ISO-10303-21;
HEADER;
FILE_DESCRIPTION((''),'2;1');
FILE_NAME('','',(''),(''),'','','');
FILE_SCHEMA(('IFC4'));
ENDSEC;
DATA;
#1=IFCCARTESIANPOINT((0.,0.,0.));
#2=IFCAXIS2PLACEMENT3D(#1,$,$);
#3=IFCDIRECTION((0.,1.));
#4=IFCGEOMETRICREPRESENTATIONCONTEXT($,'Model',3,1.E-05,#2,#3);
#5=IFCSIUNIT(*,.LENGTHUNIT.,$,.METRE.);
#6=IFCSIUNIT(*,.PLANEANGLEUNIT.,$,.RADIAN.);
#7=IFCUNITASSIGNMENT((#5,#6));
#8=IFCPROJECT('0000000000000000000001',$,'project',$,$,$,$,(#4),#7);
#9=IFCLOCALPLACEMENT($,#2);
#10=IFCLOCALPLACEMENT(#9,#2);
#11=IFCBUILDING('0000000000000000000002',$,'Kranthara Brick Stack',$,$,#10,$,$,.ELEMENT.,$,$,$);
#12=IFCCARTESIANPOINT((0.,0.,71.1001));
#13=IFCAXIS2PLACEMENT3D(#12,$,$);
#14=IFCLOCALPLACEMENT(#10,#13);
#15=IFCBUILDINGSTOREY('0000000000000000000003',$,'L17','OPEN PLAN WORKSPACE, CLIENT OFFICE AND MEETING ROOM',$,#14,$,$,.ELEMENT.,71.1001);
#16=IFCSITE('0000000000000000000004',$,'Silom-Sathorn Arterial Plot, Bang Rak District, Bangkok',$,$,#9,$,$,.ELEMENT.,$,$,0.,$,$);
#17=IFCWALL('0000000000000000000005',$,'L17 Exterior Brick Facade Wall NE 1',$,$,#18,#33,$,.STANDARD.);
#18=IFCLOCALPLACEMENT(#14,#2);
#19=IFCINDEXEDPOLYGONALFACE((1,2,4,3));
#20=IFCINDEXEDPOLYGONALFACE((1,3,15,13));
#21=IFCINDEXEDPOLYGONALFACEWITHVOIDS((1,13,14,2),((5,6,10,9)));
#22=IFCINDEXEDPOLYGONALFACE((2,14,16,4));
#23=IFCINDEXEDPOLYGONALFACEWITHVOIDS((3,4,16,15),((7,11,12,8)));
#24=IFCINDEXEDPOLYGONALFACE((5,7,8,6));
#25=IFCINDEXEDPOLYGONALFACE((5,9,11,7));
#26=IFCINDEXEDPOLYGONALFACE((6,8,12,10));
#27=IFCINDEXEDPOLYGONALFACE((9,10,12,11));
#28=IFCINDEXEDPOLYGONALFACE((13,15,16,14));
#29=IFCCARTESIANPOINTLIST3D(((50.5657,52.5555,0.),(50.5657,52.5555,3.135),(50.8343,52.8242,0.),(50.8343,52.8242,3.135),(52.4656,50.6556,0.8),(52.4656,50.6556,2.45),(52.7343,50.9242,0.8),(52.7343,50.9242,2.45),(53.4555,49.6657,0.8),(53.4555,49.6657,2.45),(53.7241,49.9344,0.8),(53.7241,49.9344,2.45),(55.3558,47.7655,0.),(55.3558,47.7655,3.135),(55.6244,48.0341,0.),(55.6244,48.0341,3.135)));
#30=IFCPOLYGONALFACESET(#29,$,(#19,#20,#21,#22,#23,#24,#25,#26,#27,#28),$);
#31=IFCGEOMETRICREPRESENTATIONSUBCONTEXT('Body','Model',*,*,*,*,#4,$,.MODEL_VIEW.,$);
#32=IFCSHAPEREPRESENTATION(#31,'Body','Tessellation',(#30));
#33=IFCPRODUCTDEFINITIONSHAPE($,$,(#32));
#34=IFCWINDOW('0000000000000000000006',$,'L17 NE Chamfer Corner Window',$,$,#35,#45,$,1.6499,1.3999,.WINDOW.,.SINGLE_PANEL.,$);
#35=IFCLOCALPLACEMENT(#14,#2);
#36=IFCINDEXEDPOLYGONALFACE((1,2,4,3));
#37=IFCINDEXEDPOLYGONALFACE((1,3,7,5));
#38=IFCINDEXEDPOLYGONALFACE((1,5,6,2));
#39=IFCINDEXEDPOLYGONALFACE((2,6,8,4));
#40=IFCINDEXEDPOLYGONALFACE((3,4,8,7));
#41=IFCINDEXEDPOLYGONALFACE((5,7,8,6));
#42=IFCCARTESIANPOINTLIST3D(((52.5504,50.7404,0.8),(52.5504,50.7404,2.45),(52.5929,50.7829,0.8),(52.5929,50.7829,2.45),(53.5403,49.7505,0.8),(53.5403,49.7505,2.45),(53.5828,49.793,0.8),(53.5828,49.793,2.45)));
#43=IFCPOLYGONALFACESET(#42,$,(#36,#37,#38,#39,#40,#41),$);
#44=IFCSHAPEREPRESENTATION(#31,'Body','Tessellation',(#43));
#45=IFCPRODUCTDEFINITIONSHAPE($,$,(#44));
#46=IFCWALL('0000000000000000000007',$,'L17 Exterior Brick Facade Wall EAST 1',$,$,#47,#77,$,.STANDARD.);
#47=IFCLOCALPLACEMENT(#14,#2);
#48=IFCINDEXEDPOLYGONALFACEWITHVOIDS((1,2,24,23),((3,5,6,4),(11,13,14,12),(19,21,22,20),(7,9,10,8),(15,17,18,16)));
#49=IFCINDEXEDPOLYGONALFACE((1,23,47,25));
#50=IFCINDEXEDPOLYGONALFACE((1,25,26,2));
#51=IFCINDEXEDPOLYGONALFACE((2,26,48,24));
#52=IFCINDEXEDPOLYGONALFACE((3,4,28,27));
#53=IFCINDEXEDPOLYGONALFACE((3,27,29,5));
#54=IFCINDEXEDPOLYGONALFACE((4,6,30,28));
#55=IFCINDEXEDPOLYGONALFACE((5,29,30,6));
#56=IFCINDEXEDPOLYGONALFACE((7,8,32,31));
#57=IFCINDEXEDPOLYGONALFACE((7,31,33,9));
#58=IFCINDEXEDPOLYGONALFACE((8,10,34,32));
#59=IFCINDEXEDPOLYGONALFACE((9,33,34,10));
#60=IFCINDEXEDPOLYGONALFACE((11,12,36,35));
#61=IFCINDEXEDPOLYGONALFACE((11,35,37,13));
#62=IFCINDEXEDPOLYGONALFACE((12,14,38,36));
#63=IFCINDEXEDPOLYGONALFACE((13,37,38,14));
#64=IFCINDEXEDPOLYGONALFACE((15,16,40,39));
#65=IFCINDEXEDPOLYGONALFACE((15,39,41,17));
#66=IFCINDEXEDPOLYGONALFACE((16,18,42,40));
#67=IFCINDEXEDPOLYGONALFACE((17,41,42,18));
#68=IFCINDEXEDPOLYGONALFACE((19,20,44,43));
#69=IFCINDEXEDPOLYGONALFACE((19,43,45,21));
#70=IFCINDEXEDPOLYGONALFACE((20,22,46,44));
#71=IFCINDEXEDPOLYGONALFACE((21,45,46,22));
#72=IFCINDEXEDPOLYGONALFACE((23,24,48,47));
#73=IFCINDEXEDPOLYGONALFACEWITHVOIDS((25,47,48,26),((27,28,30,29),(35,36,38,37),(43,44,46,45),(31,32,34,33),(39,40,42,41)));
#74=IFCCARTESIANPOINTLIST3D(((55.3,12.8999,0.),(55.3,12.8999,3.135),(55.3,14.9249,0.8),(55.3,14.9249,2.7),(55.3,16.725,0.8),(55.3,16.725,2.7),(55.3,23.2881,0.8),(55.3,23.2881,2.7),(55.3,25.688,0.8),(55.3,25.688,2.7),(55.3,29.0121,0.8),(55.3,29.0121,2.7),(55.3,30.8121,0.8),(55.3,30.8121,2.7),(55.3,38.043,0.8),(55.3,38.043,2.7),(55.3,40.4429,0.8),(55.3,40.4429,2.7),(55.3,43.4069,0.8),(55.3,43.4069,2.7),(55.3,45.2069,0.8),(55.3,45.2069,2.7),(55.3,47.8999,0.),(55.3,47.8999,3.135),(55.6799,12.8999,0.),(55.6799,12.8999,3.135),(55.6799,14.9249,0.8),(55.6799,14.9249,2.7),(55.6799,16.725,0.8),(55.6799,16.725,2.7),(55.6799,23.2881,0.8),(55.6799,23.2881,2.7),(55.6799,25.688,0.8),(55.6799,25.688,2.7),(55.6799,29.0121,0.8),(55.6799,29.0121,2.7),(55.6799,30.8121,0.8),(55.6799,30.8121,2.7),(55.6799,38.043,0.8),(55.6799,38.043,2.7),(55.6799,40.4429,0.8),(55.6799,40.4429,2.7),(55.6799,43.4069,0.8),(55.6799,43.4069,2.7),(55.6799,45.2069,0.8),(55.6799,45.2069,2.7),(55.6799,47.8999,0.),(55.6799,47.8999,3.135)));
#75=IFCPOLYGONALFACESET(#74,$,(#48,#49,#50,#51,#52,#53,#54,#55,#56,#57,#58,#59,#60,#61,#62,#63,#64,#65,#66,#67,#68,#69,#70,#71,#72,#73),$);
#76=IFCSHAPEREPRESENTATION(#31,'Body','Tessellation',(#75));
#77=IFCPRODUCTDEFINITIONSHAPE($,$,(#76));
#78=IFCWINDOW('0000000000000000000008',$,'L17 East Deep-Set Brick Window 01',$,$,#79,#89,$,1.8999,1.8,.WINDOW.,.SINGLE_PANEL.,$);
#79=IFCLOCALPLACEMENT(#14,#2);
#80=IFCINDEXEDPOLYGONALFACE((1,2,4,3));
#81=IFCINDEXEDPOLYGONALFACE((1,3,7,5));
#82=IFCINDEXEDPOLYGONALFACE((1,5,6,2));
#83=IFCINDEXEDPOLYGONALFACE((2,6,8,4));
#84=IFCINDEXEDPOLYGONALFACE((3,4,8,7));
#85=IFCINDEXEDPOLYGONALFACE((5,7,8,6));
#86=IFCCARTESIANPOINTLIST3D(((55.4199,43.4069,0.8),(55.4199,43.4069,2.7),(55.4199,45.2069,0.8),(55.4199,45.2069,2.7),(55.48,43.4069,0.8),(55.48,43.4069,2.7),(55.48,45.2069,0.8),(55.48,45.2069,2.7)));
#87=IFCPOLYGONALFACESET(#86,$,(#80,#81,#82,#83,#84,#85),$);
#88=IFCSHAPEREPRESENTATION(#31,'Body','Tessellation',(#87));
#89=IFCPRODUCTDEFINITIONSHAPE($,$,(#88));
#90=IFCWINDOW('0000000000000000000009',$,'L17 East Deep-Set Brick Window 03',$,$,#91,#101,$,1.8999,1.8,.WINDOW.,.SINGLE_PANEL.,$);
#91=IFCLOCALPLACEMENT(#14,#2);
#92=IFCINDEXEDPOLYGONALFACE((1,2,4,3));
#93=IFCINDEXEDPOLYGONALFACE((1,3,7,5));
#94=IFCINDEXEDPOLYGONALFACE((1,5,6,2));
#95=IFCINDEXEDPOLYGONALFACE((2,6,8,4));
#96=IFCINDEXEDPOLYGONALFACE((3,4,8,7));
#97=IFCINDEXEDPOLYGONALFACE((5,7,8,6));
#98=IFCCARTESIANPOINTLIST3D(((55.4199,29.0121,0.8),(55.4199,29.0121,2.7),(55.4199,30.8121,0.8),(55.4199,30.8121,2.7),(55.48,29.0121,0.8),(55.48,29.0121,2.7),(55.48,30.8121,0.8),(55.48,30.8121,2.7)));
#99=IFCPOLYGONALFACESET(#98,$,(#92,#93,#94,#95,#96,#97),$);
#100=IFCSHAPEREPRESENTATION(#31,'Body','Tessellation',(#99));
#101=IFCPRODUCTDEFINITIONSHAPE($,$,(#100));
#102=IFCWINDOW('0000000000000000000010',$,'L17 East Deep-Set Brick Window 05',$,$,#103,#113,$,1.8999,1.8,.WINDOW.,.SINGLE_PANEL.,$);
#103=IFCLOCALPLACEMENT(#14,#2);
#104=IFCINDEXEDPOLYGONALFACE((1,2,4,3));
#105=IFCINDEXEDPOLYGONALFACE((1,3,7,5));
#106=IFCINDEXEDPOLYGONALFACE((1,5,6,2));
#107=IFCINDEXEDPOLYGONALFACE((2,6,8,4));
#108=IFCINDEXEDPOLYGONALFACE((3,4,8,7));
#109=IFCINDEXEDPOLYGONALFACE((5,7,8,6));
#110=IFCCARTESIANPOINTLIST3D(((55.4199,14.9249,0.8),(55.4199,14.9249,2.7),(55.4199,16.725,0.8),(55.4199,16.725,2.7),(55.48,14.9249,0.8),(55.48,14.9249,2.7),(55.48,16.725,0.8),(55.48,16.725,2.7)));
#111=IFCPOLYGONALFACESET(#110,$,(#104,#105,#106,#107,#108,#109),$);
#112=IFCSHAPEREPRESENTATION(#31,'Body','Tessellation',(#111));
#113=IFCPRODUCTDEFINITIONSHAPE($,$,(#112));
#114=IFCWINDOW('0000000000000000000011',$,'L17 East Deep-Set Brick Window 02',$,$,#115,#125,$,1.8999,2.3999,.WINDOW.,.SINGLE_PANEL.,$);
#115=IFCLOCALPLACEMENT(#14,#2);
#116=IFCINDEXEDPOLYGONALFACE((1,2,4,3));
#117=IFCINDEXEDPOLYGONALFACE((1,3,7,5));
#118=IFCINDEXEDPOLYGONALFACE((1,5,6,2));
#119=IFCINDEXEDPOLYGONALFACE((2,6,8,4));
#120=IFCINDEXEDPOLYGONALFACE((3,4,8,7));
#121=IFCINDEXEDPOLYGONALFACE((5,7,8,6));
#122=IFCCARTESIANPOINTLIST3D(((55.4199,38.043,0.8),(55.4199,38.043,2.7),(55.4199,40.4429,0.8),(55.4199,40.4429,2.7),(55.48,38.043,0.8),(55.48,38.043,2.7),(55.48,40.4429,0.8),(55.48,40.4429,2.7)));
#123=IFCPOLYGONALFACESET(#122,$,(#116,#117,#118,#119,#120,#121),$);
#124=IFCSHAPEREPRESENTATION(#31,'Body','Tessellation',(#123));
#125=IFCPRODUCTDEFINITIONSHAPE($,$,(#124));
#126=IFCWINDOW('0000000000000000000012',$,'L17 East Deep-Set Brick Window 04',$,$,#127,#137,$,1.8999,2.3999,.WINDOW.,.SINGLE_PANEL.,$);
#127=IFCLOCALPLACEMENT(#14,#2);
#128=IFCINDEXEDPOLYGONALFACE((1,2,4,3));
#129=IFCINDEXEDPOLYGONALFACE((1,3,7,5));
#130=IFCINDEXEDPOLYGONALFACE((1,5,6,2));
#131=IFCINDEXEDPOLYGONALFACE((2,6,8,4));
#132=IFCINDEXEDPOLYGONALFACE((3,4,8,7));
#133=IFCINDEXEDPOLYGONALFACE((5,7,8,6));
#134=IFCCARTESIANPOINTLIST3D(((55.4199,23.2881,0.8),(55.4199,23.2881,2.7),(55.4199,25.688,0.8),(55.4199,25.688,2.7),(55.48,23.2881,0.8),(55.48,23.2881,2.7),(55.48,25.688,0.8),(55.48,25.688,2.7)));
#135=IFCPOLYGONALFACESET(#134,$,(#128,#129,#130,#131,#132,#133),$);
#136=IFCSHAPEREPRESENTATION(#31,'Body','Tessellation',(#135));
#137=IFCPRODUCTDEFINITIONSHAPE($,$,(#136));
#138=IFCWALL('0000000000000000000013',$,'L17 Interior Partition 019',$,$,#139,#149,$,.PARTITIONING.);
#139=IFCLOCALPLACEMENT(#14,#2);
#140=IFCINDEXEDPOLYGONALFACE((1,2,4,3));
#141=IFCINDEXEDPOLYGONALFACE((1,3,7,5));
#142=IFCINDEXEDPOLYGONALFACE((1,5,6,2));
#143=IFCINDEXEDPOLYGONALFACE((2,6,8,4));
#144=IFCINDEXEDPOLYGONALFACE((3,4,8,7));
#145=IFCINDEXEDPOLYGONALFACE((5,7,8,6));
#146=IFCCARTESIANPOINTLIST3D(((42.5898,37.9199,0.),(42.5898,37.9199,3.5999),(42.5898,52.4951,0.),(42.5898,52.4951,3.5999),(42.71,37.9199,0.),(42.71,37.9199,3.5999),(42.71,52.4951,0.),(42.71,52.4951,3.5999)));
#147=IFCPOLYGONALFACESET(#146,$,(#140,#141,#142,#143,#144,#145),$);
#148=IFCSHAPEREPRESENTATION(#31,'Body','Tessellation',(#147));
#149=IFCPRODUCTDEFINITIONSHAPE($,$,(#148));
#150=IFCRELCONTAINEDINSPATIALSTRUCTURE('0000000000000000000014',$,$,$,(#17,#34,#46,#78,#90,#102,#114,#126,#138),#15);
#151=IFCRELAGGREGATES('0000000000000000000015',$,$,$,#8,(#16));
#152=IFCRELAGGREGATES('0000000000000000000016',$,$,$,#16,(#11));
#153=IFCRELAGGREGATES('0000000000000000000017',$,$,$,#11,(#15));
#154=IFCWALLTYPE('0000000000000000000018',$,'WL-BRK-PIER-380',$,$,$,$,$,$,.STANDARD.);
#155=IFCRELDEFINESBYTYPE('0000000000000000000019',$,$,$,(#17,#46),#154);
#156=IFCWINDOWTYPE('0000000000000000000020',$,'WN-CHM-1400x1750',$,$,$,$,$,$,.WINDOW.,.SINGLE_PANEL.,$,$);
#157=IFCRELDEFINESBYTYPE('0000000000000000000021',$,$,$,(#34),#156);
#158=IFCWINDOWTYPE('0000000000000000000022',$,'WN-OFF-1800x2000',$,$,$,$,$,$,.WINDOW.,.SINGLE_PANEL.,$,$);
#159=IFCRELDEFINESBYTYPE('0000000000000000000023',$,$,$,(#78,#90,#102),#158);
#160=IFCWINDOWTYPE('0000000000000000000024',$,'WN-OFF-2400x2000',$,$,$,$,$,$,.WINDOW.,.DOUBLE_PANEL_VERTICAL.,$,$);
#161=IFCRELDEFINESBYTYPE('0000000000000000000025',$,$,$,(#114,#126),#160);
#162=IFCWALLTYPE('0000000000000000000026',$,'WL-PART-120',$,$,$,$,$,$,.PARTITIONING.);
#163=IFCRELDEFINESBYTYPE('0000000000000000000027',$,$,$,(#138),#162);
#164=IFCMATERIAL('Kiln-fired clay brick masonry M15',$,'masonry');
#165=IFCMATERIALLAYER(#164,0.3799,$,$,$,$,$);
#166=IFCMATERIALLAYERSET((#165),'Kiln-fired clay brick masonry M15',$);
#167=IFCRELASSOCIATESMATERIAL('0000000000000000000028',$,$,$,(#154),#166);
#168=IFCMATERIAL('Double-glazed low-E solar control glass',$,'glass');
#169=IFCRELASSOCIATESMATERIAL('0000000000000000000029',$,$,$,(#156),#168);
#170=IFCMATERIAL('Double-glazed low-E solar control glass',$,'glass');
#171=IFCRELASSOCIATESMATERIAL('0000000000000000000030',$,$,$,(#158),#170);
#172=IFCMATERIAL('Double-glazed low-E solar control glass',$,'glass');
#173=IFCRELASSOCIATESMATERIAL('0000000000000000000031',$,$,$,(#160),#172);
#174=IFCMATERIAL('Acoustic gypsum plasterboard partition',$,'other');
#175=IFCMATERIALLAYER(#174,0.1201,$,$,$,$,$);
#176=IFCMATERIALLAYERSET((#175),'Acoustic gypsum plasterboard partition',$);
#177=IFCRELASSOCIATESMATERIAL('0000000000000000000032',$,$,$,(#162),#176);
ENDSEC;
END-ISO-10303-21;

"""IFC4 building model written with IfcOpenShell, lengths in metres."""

from ifc_helpers import new_model, si_unit, direction, frame, frame_2d, origin, place, context, subcontext, project, spatial, rectangle, extrude, material, layer, layer_set, type_object, element, fill, save


model = new_model("IFC4")

# Units and contexts
model_context = context("Model", 3, precision=1e-05, world=origin(), true_north=direction((0.0, 1.0)))
body_context = subcontext(model_context, "Body", "Model", "MODEL_VIEW")
ifc_project = project(units=[si_unit("LENGTHUNIT", "METRE"), si_unit("PLANEANGLEUNIT", "RADIAN")], contexts=[model_context])

# Site, building, storey
site_placement = place(None, origin())
site = spatial("IfcSite", under=ifc_project, at=site_placement, Name="Silom-Sathorn Arterial Plot, Bang Rak District, Bangkok", CompositionType="ELEMENT", RefElevation=0.0)
building_placement = place(site_placement, origin())
building = spatial("IfcBuilding", under=site, at=building_placement, Name="Kranthara Brick Stack", CompositionType="ELEMENT")
storey_placement = place(building_placement, frame((0.0, 0.0, 71.1001)))
storey = spatial("IfcBuildingStorey", under=building, at=storey_placement, Name="L17", Description="OPEN PLAN WORKSPACE, CLIENT OFFICE AND MEETING ROOM", CompositionType="ELEMENT", Elevation=71.1001)

# Wall, opening, window
ifc_material_1 = material(Name="Kiln-fired clay brick masonry M15", Category="masonry")
ifc_layer_1 = layer(ifc_material_1, 0.3799)
ifc_layer_set_1 = layer_set([ifc_layer_1], Name="Kiln-fired clay brick masonry M15")
wall_type_1 = type_object("IfcWallType", Name="WL-BRK-PIER-380", PredefinedType="STANDARD", material=ifc_layer_set_1)
wall_1_placement = place(storey_placement, frame((50.7, 52.6899, 0.0), z_axis=(0.0, 0.0, 1.0), x_axis=(0.707107, -0.707107, 0.0)))
wall_1 = element("IfcWall", 1, at=wall_1_placement, inside=storey, type_object=wall_type_1, Name="L17 Exterior Brick Facade Wall NE 1", PredefinedType="STANDARD", context=body_context, shape_type="SweptSolid", body=[
    extrude(rectangle(XDim=6.7742, YDim=0.3799, at=frame_2d((3.3872, 0.0))), origin(), (0.0, 0.0, 1.0), 3.135),
])
opening_1_placement = place(wall_1_placement, frame((2.687, 0.0, 0.8)))
opening_1 = element("IfcOpeningElement", 2, at=opening_1_placement, cuts=wall_1, PredefinedType="OPENING", context=body_context, shape_type="SweptSolid", body=[
    extrude(rectangle(XDim=1.3999, YDim=1.6499, at=frame_2d((0.7, 0.825))), frame((0.0, 0.2, 0.0), z_axis=(0.0, -1.0, 0.0), x_axis=(1.0, 0.0, 0.0)), (0.0, 0.0, 1.0), 0.3999),
])
ifc_material_2 = material(Name="Double-glazed low-E solar control glass", Category="glass")
window_type_1 = type_object("IfcWindowType", Name="WN-CHM-1400x1750", PartitioningType="SINGLE_PANEL", PredefinedType="WINDOW", material=ifc_material_2)
window_1_placement = place(opening_1_placement, origin())
window_1 = element("IfcWindow", 3, at=window_1_placement, inside=storey, type_object=window_type_1, Name="L17 NE Chamfer Corner Window", OverallHeight=1.6499, OverallWidth=1.3999, PartitioningType="SINGLE_PANEL", PredefinedType="WINDOW", context=body_context, shape_type="SweptSolid", body=[
    extrude(rectangle(XDim=1.3999, YDim=1.6499, at=frame_2d((0.7, 0.825))), frame((0.0, -0.01, 0.0), z_axis=(0.0, -1.0, 0.0), x_axis=(1.0, 0.0, 0.0)), (0.0, 0.0, 1.0), 0.0601),
])
fill(opening_1, window_1)

# Wall, openings, windows
wall_2_placement = place(storey_placement, frame((55.49, 47.8999, 0.0), z_axis=(0.0, 0.0, 1.0), x_axis=(0.0, -1.0, 0.0)))
wall_2 = element("IfcWall", 4, at=wall_2_placement, inside=storey, type_object=wall_type_1, Name="L17 Exterior Brick Facade Wall EAST 1", PredefinedType="STANDARD", context=body_context, shape_type="SweptSolid", body=[
    extrude(rectangle(XDim=35.0, YDim=0.3799, at=frame_2d((17.5, 0.0))), origin(), (0.0, 0.0, 1.0), 3.135),
])
opening_2_placement = place(wall_2_placement, frame((2.6931, 0.0, 0.8)))
opening_2 = element("IfcOpeningElement", 5, at=opening_2_placement, cuts=wall_2, PredefinedType="OPENING", context=body_context, shape_type="SweptSolid", body=[
    extrude(rectangle(XDim=1.8, YDim=1.8999, at=frame_2d((0.8999, 0.95))), frame((0.0, 0.2, 0.0), z_axis=(0.0, -1.0, 0.0), x_axis=(1.0, 0.0, 0.0)), (0.0, 0.0, 1.0), 0.3999),
])
opening_3_placement = place(wall_2_placement, frame((7.457, 0.0, 0.8)))
opening_3 = element("IfcOpeningElement", 6, at=opening_3_placement, cuts=wall_2, PredefinedType="OPENING", context=body_context, shape_type="SweptSolid", body=[
    extrude(rectangle(XDim=2.3999, YDim=1.8999, at=frame_2d((1.2, 0.95))), frame((0.0, 0.2, 0.0), z_axis=(0.0, -1.0, 0.0), x_axis=(1.0, 0.0, 0.0)), (0.0, 0.0, 1.0), 0.3999),
])
opening_4_placement = place(wall_2_placement, frame((17.0879, 0.0, 0.8)))
opening_4 = element("IfcOpeningElement", 7, at=opening_4_placement, cuts=wall_2, PredefinedType="OPENING", context=body_context, shape_type="SweptSolid", body=[
    extrude(rectangle(XDim=1.8, YDim=1.8999, at=frame_2d((0.8999, 0.95))), frame((0.0, 0.2, 0.0), z_axis=(0.0, -1.0, 0.0), x_axis=(1.0, 0.0, 0.0)), (0.0, 0.0, 1.0), 0.3999),
])
opening_5_placement = place(wall_2_placement, frame((22.2119, 0.0, 0.8)))
opening_5 = element("IfcOpeningElement", 8, at=opening_5_placement, cuts=wall_2, PredefinedType="OPENING", context=body_context, shape_type="SweptSolid", body=[
    extrude(rectangle(XDim=2.3999, YDim=1.8999, at=frame_2d((1.2, 0.95))), frame((0.0, 0.2, 0.0), z_axis=(0.0, -1.0, 0.0), x_axis=(1.0, 0.0, 0.0)), (0.0, 0.0, 1.0), 0.3999),
])
opening_6_placement = place(wall_2_placement, frame((31.175, 0.0, 0.8)))
opening_6 = element("IfcOpeningElement", 9, at=opening_6_placement, cuts=wall_2, PredefinedType="OPENING", context=body_context, shape_type="SweptSolid", body=[
    extrude(rectangle(XDim=1.8, YDim=1.8999, at=frame_2d((0.8999, 0.95))), frame((0.0, 0.2, 0.0), z_axis=(0.0, -1.0, 0.0), x_axis=(1.0, 0.0, 0.0)), (0.0, 0.0, 1.0), 0.3999),
])
ifc_material_3 = material(Name="Double-glazed low-E solar control glass", Category="glass")
window_type_2 = type_object("IfcWindowType", Name="WN-OFF-1800x2000", PartitioningType="SINGLE_PANEL", PredefinedType="WINDOW", material=ifc_material_3)
window_2_placement = place(opening_2_placement, origin())
window_2 = element("IfcWindow", 10, at=window_2_placement, inside=storey, type_object=window_type_2, Name="L17 East Deep-Set Brick Window 01", OverallHeight=1.8999, OverallWidth=1.8, PartitioningType="SINGLE_PANEL", PredefinedType="WINDOW", context=body_context, shape_type="SweptSolid", body=[
    extrude(rectangle(XDim=1.8, YDim=1.8999, at=frame_2d((0.8999, 0.95))), frame((0.0, -0.01, 0.0), z_axis=(0.0, -1.0, 0.0), x_axis=(1.0, 0.0, 0.0)), (0.0, 0.0, 1.0), 0.0601),
])
fill(opening_2, window_2)
window_3_placement = place(opening_4_placement, origin())
window_3 = element("IfcWindow", 11, at=window_3_placement, inside=storey, type_object=window_type_2, Name="L17 East Deep-Set Brick Window 03", OverallHeight=1.8999, OverallWidth=1.8, PartitioningType="SINGLE_PANEL", PredefinedType="WINDOW", context=body_context, shape_type="SweptSolid", body=[
    extrude(rectangle(XDim=1.8, YDim=1.8999, at=frame_2d((0.8999, 0.95))), frame((0.0, -0.01, 0.0), z_axis=(0.0, -1.0, 0.0), x_axis=(1.0, 0.0, 0.0)), (0.0, 0.0, 1.0), 0.0601),
])
fill(opening_4, window_3)
window_4_placement = place(opening_6_placement, origin())
window_4 = element("IfcWindow", 12, at=window_4_placement, inside=storey, type_object=window_type_2, Name="L17 East Deep-Set Brick Window 05", OverallHeight=1.8999, OverallWidth=1.8, PartitioningType="SINGLE_PANEL", PredefinedType="WINDOW", context=body_context, shape_type="SweptSolid", body=[
    extrude(rectangle(XDim=1.8, YDim=1.8999, at=frame_2d((0.8999, 0.95))), frame((0.0, -0.01, 0.0), z_axis=(0.0, -1.0, 0.0), x_axis=(1.0, 0.0, 0.0)), (0.0, 0.0, 1.0), 0.0601),
])
fill(opening_6, window_4)
ifc_material_4 = material(Name="Double-glazed low-E solar control glass", Category="glass")
window_type_3 = type_object("IfcWindowType", Name="WN-OFF-2400x2000", PartitioningType="DOUBLE_PANEL_VERTICAL", PredefinedType="WINDOW", material=ifc_material_4)
window_5_placement = place(opening_3_placement, origin())
window_5 = element("IfcWindow", 13, at=window_5_placement, inside=storey, type_object=window_type_3, Name="L17 East Deep-Set Brick Window 02", OverallHeight=1.8999, OverallWidth=2.3999, PartitioningType="SINGLE_PANEL", PredefinedType="WINDOW", context=body_context, shape_type="SweptSolid", body=[
    extrude(rectangle(XDim=2.3999, YDim=1.8999, at=frame_2d((1.2, 0.95))), frame((0.0, -0.01, 0.0), z_axis=(0.0, -1.0, 0.0), x_axis=(1.0, 0.0, 0.0)), (0.0, 0.0, 1.0), 0.0601),
])
fill(opening_3, window_5)
window_6_placement = place(opening_5_placement, origin())
window_6 = element("IfcWindow", 14, at=window_6_placement, inside=storey, type_object=window_type_3, Name="L17 East Deep-Set Brick Window 04", OverallHeight=1.8999, OverallWidth=2.3999, PartitioningType="SINGLE_PANEL", PredefinedType="WINDOW", context=body_context, shape_type="SweptSolid", body=[
    extrude(rectangle(XDim=2.3999, YDim=1.8999, at=frame_2d((1.2, 0.95))), frame((0.0, -0.01, 0.0), z_axis=(0.0, -1.0, 0.0), x_axis=(1.0, 0.0, 0.0)), (0.0, 0.0, 1.0), 0.0601),
])
fill(opening_5, window_6)

# Wall
ifc_material_5 = material(Name="Acoustic gypsum plasterboard partition", Category="other")
ifc_layer_2 = layer(ifc_material_5, 0.1201)
ifc_layer_set_2 = layer_set([ifc_layer_2], Name="Acoustic gypsum plasterboard partition")
wall_type_2 = type_object("IfcWallType", Name="WL-PART-120", PredefinedType="PARTITIONING", material=ifc_layer_set_2)
wall_3_placement = place(storey_placement, frame((42.6499, 37.9199, 0.0), z_axis=(0.0, 0.0, 1.0), x_axis=(0.0, 1.0, 0.0)))
element("IfcWall", 15, at=wall_3_placement, inside=storey, type_object=wall_type_2, Name="L17 Interior Partition 019", PredefinedType="PARTITIONING", context=body_context, shape_type="SweptSolid", body=[
    extrude(rectangle(XDim=14.5752, YDim=0.1201, at=frame_2d((7.2876, 0.0))), origin(), (0.0, 0.0, 1.0), 3.5999),
])

save(model, "model.ifc")
